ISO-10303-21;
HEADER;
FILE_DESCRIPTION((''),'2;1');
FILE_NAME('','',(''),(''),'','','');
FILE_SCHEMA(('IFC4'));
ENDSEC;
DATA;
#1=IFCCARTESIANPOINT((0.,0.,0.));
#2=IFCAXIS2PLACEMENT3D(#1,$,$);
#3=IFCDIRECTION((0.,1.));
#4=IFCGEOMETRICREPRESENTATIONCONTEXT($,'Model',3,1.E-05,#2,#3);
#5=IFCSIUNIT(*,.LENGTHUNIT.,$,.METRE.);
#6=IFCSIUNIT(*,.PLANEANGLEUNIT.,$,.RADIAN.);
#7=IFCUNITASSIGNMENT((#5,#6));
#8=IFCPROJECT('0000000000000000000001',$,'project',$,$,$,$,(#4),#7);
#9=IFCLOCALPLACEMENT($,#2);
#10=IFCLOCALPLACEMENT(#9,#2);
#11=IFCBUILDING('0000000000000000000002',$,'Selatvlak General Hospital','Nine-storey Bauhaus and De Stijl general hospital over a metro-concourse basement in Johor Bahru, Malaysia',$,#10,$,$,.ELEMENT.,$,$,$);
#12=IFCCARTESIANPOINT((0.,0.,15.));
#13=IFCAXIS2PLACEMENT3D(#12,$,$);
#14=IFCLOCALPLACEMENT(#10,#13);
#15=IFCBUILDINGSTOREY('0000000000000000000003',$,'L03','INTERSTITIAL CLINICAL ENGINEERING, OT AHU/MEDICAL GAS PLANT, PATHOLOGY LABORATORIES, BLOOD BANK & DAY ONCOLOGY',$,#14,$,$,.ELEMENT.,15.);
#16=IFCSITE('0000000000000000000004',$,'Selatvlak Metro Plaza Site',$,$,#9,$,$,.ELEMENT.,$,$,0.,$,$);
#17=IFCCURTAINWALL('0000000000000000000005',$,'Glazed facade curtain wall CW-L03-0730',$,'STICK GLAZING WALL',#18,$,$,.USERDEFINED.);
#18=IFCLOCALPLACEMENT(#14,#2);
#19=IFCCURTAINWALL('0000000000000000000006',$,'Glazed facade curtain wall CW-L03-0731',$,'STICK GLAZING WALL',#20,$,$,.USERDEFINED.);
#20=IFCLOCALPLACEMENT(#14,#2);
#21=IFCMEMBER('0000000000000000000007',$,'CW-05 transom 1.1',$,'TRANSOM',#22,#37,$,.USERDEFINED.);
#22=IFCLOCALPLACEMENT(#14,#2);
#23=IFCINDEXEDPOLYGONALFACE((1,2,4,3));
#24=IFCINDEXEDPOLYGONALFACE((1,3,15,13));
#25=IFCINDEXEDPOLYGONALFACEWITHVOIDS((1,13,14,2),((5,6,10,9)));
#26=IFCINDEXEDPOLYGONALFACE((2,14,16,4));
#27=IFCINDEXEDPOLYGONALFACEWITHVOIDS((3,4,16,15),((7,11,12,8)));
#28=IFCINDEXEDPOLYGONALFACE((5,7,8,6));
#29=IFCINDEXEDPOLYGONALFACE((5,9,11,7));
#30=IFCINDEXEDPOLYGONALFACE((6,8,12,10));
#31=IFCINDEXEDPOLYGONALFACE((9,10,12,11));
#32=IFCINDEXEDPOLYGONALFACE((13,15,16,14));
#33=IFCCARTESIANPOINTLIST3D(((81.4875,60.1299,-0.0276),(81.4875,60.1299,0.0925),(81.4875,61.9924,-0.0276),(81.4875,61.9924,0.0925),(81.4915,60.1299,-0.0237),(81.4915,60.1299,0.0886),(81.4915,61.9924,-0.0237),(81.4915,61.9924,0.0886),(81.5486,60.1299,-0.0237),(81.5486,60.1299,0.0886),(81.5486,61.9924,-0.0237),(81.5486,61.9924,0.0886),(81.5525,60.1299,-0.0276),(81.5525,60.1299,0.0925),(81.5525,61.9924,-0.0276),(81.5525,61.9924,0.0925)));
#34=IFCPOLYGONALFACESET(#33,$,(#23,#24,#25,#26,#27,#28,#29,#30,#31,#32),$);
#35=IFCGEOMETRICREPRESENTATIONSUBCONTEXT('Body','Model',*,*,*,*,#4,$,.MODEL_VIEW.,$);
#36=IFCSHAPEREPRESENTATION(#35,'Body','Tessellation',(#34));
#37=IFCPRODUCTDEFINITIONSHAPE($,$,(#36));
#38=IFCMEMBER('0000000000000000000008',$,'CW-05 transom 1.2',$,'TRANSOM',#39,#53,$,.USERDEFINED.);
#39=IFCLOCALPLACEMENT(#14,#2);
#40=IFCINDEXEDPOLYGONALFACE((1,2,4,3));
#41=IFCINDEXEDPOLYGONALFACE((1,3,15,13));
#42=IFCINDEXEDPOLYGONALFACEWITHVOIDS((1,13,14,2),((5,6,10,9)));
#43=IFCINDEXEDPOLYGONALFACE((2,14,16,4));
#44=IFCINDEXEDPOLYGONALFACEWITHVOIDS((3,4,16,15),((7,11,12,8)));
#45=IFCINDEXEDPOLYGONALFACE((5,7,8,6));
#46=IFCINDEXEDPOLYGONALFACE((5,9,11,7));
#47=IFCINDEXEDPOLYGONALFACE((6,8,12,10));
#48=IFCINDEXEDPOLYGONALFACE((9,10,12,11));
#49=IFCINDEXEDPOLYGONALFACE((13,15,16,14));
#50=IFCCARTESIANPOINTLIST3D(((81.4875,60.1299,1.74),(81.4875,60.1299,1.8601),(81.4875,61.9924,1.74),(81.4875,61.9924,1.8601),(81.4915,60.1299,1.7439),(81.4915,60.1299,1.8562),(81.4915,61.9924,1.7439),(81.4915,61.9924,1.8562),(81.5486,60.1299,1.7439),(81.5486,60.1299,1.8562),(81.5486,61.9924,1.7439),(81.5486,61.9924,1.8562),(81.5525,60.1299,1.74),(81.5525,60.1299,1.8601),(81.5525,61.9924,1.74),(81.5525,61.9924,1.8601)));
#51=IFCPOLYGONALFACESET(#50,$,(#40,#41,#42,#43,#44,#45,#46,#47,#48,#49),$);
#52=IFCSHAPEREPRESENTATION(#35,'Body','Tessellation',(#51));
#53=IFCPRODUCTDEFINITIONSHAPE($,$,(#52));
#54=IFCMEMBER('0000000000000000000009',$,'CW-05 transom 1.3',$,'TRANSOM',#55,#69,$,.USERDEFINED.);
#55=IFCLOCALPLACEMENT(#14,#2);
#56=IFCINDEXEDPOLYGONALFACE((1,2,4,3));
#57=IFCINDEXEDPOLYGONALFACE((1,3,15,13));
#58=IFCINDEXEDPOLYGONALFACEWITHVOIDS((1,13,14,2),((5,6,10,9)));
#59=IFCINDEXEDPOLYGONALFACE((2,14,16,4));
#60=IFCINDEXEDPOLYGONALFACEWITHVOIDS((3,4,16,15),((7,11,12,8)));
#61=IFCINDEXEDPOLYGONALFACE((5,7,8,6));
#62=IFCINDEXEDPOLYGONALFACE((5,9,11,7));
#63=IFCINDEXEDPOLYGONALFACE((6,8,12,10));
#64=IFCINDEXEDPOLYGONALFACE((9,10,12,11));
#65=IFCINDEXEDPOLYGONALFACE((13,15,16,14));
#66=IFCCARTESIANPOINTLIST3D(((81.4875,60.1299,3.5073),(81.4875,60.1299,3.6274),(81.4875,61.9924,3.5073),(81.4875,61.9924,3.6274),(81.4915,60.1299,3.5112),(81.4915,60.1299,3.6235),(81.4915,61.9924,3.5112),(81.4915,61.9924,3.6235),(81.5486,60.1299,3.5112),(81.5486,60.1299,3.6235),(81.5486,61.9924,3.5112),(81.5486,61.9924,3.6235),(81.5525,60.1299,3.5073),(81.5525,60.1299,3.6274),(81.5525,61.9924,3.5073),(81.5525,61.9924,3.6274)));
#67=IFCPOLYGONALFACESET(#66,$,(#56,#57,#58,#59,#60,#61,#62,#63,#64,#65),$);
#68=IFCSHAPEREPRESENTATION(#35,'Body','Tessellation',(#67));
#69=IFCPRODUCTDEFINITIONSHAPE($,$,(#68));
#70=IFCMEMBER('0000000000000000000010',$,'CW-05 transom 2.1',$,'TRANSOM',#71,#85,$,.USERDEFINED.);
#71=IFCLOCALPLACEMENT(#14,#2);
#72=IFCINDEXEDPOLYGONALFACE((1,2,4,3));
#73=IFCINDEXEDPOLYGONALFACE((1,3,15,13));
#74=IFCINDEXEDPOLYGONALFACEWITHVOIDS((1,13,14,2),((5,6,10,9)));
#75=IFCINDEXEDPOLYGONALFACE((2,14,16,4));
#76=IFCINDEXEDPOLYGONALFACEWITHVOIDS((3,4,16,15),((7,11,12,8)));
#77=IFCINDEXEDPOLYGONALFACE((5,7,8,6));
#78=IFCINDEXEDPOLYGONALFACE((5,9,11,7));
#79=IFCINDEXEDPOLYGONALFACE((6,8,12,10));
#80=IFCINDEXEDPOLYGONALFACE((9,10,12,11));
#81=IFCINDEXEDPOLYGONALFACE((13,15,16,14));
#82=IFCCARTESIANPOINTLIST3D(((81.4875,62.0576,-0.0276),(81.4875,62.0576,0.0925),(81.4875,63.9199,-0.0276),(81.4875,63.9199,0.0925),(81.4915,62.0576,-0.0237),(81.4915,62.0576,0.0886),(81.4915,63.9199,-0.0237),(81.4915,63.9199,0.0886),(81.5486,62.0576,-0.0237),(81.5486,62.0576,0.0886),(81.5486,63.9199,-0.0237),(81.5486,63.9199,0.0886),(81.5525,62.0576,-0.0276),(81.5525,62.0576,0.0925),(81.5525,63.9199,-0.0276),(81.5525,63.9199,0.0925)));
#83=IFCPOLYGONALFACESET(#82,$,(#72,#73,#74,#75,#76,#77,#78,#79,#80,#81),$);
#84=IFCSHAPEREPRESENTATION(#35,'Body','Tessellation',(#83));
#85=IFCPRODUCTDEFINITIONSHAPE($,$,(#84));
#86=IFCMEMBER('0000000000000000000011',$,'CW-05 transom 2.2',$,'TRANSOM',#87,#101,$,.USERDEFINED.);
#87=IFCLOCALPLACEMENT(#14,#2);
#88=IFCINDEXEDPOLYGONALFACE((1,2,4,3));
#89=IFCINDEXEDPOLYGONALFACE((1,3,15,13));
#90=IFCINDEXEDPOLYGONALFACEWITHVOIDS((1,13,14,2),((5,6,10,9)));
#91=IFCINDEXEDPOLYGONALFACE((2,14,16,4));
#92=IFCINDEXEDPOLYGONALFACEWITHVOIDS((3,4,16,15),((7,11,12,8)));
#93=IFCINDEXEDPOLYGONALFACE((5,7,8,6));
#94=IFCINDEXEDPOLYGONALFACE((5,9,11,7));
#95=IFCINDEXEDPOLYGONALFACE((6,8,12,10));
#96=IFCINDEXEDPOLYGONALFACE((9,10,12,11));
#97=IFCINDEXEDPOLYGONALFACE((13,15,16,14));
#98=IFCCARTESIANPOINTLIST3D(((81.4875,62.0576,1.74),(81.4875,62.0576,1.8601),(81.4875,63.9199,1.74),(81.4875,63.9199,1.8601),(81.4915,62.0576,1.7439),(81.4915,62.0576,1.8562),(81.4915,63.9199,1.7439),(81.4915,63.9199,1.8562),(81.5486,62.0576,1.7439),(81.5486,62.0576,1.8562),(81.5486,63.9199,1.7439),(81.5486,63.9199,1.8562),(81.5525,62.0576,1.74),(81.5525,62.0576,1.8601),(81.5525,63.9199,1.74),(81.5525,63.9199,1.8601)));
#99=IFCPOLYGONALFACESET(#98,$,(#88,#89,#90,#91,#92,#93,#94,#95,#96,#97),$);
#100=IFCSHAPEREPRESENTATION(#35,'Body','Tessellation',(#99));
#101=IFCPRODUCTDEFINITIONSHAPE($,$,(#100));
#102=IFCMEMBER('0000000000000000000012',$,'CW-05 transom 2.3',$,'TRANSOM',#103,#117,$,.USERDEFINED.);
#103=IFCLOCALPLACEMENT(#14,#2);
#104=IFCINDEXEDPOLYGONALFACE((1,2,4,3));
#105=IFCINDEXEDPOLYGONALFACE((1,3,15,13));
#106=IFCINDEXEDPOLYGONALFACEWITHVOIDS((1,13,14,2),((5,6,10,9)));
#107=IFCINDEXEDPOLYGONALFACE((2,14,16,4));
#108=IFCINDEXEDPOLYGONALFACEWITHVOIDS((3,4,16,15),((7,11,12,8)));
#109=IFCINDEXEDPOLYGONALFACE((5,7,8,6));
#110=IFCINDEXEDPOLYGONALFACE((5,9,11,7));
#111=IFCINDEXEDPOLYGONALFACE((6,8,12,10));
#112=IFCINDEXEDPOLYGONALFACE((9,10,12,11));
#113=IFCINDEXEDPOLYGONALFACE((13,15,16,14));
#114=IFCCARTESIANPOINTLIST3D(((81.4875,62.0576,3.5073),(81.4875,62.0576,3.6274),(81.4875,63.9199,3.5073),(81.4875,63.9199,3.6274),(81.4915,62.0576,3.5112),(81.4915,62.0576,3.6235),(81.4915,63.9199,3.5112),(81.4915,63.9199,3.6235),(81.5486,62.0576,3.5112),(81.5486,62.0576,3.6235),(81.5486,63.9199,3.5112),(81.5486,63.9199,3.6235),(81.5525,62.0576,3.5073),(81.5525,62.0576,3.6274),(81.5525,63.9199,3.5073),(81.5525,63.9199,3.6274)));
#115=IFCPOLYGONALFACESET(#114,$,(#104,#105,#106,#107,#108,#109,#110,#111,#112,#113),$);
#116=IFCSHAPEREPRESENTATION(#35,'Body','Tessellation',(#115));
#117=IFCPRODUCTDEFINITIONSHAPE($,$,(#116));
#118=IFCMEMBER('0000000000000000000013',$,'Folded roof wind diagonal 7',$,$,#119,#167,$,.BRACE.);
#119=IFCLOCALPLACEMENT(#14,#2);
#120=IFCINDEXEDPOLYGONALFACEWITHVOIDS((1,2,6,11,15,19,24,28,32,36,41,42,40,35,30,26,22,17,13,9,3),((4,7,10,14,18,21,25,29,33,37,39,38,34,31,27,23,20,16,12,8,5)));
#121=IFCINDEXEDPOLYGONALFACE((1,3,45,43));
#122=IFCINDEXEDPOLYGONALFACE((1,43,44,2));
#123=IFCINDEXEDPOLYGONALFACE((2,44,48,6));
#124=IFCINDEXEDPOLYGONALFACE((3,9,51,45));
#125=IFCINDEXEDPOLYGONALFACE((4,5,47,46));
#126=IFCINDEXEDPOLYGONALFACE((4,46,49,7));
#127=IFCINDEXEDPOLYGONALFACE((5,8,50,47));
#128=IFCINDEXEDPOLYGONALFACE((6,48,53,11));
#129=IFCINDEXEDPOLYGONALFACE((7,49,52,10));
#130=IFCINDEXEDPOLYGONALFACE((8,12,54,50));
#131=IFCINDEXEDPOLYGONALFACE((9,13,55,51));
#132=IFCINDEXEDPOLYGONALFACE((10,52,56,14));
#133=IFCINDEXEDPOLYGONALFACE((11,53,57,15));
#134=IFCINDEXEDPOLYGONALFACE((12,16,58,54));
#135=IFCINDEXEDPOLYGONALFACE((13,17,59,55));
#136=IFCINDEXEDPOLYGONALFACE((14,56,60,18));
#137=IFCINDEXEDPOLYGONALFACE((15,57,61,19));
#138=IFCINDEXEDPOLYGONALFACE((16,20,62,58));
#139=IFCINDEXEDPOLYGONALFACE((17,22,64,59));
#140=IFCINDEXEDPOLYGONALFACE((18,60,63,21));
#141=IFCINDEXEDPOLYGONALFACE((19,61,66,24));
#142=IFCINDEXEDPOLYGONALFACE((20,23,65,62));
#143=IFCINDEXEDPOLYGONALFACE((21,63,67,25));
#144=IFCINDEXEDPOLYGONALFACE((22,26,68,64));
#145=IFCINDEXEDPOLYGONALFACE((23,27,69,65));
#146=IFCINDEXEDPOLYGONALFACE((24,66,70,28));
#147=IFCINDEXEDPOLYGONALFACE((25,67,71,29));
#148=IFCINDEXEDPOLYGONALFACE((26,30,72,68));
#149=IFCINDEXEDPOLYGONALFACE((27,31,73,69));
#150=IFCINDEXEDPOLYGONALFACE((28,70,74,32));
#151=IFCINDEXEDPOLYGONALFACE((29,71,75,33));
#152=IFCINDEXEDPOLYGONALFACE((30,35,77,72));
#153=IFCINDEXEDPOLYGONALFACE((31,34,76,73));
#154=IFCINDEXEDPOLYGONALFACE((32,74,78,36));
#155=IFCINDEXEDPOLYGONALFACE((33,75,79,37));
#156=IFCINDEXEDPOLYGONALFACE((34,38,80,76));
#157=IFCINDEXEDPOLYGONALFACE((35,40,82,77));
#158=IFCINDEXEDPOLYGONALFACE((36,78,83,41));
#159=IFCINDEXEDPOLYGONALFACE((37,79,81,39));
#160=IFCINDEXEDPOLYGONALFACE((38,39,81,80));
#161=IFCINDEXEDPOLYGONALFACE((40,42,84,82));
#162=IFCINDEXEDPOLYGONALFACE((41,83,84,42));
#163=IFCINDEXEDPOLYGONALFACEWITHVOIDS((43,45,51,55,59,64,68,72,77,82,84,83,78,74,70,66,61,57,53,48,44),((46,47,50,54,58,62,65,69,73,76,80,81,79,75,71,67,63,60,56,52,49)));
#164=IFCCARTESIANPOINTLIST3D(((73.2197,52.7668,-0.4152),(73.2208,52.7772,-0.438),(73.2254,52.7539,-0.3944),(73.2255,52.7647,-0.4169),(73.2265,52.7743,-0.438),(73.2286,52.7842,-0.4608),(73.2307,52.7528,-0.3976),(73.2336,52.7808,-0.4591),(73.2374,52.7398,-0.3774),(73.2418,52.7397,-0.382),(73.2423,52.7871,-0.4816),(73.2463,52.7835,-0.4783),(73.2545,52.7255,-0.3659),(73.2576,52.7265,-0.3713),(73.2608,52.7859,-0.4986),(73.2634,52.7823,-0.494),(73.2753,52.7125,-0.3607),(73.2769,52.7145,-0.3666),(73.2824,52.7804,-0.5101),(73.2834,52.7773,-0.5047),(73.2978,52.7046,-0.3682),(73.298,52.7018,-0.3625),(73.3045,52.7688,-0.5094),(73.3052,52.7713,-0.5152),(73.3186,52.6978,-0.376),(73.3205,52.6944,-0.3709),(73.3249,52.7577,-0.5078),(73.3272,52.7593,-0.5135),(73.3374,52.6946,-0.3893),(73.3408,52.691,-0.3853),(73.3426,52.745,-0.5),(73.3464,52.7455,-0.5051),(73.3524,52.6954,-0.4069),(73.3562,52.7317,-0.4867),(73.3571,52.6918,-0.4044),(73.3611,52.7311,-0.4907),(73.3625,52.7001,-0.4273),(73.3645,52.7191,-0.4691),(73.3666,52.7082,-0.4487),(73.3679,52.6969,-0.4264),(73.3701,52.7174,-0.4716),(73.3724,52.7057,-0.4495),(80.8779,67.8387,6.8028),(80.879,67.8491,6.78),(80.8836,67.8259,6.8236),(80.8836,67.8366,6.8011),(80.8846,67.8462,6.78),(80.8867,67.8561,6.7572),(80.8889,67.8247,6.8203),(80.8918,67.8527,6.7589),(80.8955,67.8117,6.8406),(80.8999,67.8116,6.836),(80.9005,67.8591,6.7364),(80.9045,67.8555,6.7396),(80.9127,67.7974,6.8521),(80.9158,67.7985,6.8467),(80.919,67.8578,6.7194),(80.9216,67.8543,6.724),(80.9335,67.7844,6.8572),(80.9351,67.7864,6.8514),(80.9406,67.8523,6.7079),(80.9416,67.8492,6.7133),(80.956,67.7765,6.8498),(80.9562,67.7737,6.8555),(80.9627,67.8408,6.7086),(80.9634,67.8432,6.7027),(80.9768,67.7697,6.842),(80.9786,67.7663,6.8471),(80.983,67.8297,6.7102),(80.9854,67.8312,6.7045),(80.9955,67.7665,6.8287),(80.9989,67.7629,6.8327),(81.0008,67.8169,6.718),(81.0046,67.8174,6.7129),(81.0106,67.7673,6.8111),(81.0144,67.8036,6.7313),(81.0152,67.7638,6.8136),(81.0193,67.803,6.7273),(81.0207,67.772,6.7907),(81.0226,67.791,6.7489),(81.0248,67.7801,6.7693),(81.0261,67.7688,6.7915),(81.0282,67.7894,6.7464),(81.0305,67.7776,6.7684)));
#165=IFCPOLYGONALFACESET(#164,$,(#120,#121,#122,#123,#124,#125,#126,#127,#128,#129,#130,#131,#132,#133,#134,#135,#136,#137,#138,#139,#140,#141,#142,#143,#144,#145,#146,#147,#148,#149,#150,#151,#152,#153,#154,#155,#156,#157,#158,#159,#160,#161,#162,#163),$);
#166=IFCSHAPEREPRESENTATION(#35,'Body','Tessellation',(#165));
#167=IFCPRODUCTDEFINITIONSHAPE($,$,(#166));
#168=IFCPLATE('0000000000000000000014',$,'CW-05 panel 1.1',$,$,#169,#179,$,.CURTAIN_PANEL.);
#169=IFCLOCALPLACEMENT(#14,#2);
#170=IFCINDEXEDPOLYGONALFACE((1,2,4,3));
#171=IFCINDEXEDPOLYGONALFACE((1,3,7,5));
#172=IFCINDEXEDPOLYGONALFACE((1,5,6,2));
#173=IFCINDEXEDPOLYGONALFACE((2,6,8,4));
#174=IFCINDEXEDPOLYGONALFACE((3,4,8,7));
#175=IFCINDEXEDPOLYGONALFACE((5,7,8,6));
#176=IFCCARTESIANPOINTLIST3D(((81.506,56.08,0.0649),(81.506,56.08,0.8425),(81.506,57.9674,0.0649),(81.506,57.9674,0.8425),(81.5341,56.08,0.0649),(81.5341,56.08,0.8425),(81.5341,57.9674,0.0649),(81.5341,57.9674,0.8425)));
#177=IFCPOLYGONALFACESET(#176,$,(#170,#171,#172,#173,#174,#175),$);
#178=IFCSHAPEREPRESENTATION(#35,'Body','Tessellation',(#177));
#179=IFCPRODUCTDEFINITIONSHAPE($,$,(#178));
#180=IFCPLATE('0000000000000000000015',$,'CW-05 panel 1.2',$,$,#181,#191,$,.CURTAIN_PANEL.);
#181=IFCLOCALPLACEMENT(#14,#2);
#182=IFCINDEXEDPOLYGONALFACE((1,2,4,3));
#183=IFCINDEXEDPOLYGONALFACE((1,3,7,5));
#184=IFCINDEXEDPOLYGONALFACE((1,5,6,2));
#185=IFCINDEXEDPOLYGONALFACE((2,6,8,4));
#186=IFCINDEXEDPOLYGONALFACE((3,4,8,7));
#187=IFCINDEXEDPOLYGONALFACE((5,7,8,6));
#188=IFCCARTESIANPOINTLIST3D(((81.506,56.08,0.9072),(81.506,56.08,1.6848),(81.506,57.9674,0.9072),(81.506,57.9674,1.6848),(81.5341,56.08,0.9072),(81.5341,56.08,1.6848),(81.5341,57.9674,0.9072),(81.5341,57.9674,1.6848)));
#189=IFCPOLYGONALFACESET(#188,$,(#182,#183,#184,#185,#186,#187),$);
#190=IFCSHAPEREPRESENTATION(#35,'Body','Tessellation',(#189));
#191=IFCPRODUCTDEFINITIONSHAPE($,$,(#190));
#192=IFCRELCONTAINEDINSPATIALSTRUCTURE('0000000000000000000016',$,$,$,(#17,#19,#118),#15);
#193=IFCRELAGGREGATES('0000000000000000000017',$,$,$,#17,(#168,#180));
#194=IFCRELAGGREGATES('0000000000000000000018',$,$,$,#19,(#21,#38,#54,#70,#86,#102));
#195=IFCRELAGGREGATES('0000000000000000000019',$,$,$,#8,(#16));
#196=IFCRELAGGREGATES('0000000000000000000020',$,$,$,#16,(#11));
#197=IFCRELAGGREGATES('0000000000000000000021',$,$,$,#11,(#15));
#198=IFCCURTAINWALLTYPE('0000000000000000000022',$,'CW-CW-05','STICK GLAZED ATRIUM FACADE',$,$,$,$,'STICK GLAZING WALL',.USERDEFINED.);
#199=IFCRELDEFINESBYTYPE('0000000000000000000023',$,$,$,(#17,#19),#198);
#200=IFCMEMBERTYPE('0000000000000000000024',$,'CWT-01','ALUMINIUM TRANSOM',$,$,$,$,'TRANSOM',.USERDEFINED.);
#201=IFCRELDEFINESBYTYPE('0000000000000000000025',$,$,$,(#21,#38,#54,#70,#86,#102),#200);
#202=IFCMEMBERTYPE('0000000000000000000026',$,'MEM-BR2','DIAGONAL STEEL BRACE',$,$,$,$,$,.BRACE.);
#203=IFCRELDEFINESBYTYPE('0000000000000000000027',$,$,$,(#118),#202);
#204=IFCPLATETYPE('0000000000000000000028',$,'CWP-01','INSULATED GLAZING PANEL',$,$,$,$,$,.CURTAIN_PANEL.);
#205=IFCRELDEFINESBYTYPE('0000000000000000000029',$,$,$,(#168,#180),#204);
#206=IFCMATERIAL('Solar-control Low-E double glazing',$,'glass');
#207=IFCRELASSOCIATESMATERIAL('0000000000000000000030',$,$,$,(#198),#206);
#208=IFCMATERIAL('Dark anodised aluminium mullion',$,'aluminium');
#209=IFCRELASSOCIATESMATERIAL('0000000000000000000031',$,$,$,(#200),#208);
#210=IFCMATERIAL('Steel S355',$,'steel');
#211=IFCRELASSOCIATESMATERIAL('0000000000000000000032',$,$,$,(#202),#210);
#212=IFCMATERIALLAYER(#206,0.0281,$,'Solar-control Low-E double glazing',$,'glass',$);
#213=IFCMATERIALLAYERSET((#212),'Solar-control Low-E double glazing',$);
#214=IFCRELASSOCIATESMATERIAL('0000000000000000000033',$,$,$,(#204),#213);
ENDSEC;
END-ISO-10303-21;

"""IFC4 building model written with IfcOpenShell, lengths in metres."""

from ifc_helpers import new_model, si_unit, direction, frame, origin, origin_2d, place, context, subcontext, project, spatial, rectangle, hollow_rectangle, hollow_circle, extrude, material, layer, layer_set, material_profile, profile_set, type_object, element, aggregate, save


model = new_model("IFC4")

# Units and contexts
model_context = context("Model", 3, precision=1e-05, world=origin(), true_north=direction((0.0, 1.0)))
body_context = subcontext(model_context, "Body", "Model", "MODEL_VIEW")
ifc_project = project(units=[si_unit("LENGTHUNIT", "METRE"), si_unit("PLANEANGLEUNIT", "RADIAN")], contexts=[model_context])

# Site, building, storey
site_placement = place(None, origin())
site = spatial("IfcSite", under=ifc_project, at=site_placement, Name="Selatvlak Metro Plaza Site", CompositionType="ELEMENT", RefElevation=0.0)
building_placement = place(site_placement, origin())
building = spatial("IfcBuilding", under=site, at=building_placement, Name="Selatvlak General Hospital", Description="Nine-storey Bauhaus and De Stijl general hospital over a metro-concourse basement in Johor Bahru, Malaysia", CompositionType="ELEMENT")
storey_placement = place(building_placement, frame((0.0, 0.0, 15.0)))
storey = spatial("IfcBuildingStorey", under=building, at=storey_placement, Name="L03", Description="INTERSTITIAL CLINICAL ENGINEERING, OT AHU/MEDICAL GAS PLANT, PATHOLOGY LABORATORIES, BLOOD BANK & DAY ONCOLOGY", CompositionType="ELEMENT", Elevation=15.0)

# Curtain walls
ifc_material_1 = material(Name="Solar-control Low-E double glazing", Category="glass")
curtain_wall_type = type_object("IfcCurtainWallType", Name="CW-CW-05", Description="STICK GLAZED ATRIUM FACADE", ElementType="STICK GLAZING WALL", PredefinedType="USERDEFINED", material=ifc_material_1)
curtain_wall_1_placement = place(storey_placement, origin())
curtain_wall_1 = element("IfcCurtainWall", 1, at=curtain_wall_1_placement, inside=storey, type_object=curtain_wall_type, Name="Glazed facade curtain wall CW-L03-0730", ObjectType="STICK GLAZING WALL", PredefinedType="USERDEFINED")
ifc_material_2 = material(Name="Dark anodised aluminium mullion", Category="aluminium")
curtain_wall_2_placement = place(storey_placement, origin())
curtain_wall_2 = element("IfcCurtainWall", 2, at=curtain_wall_2_placement, inside=storey, type_object=curtain_wall_type, Name="Glazed facade curtain wall CW-L03-0731", ObjectType="STICK GLAZING WALL", PredefinedType="USERDEFINED")

# Members
ifc_material_profile_1 = material_profile(ifc_material_2, hollow_rectangle(XDim=0.0649, YDim=0.1201, WallThickness=0.0039, at=origin_2d()), Name="AL-TRN 65x120x4")
ifc_profile_set_1 = profile_set([ifc_material_profile_1], Name="Dark anodised aluminium mullion")
member_type_1 = type_object("IfcMemberType", Name="CWT-01", Description="ALUMINIUM TRANSOM", ElementType="TRANSOM", PredefinedType="USERDEFINED", material=ifc_profile_set_1)
member_1_placement = place(storey_placement, frame((81.52, 60.1299, 0.0325), z_axis=(0.0, 1.0, 0.0), x_axis=(-1.0, 0.0, 0.0)))
member_1 = element("IfcMember", 3, at=member_1_placement, type_object=member_type_1, Name="CW-05 transom 1.1", ObjectType="TRANSOM", PredefinedType="USERDEFINED", context=body_context, shape_type="SweptSolid", body=[
    extrude(hollow_rectangle(XDim=0.0649, YDim=0.1201, WallThickness=0.0039, at=origin_2d()), origin(), (0.0, 0.0, 1.0), 1.8625),
])
member_2_placement = place(storey_placement, frame((81.52, 60.1299, 1.8), z_axis=(0.0, 1.0, 0.0), x_axis=(-1.0, 0.0, 0.0)))
member_2 = element("IfcMember", 4, at=member_2_placement, type_object=member_type_1, Name="CW-05 transom 1.2", ObjectType="TRANSOM", PredefinedType="USERDEFINED", context=body_context, shape_type="SweptSolid", body=[
    extrude(hollow_rectangle(XDim=0.0649, YDim=0.1201, WallThickness=0.0039, at=origin_2d()), origin(), (0.0, 0.0, 1.0), 1.8625),
])
member_3_placement = place(storey_placement, frame((81.52, 60.1299, 3.5674), z_axis=(0.0, 1.0, 0.0), x_axis=(-1.0, 0.0, 0.0)))
member_3 = element("IfcMember", 5, at=member_3_placement, type_object=member_type_1, Name="CW-05 transom 1.3", ObjectType="TRANSOM", PredefinedType="USERDEFINED", context=body_context, shape_type="SweptSolid", body=[
    extrude(hollow_rectangle(XDim=0.0649, YDim=0.1201, WallThickness=0.0039, at=origin_2d()), origin(), (0.0, 0.0, 1.0), 1.8625),
])
member_4_placement = place(storey_placement, frame((81.52, 62.0576, 0.0325), z_axis=(0.0, 1.0, 0.0), x_axis=(-1.0, 0.0, 0.0)))
member_4 = element("IfcMember", 6, at=member_4_placement, type_object=member_type_1, Name="CW-05 transom 2.1", ObjectType="TRANSOM", PredefinedType="USERDEFINED", context=body_context, shape_type="SweptSolid", body=[
    extrude(hollow_rectangle(XDim=0.0649, YDim=0.1201, WallThickness=0.0039, at=origin_2d()), origin(), (0.0, 0.0, 1.0), 1.8623),
])
member_5_placement = place(storey_placement, frame((81.52, 62.0576, 1.8), z_axis=(0.0, 1.0, 0.0), x_axis=(-1.0, 0.0, 0.0)))
member_5 = element("IfcMember", 7, at=member_5_placement, type_object=member_type_1, Name="CW-05 transom 2.2", ObjectType="TRANSOM", PredefinedType="USERDEFINED", context=body_context, shape_type="SweptSolid", body=[
    extrude(hollow_rectangle(XDim=0.0649, YDim=0.1201, WallThickness=0.0039, at=origin_2d()), origin(), (0.0, 0.0, 1.0), 1.8623),
])
member_6_placement = place(storey_placement, frame((81.52, 62.0576, 3.5674), z_axis=(0.0, 1.0, 0.0), x_axis=(-1.0, 0.0, 0.0)))
member_6 = element("IfcMember", 8, at=member_6_placement, type_object=member_type_1, Name="CW-05 transom 2.3", ObjectType="TRANSOM", PredefinedType="USERDEFINED", context=body_context, shape_type="SweptSolid", body=[
    extrude(hollow_rectangle(XDim=0.0649, YDim=0.1201, WallThickness=0.0039, at=origin_2d()), origin(), (0.0, 0.0, 1.0), 1.8623),
])
ifc_material_3 = material(Name="Steel S355", Category="steel")
ifc_material_profile_2 = material_profile(ifc_material_3, hollow_circle(Radius=0.0842, WallThickness=0.0063, at=origin_2d()), Name="CHS 168.3x6.3")
ifc_profile_set_2 = profile_set([ifc_material_profile_2], Name="Steel S355")
member_type_2 = type_object("IfcMemberType", Name="MEM-BR2", Description="DIAGONAL STEEL BRACE", PredefinedType="BRACE", material=ifc_profile_set_2)
member_7_placement = place(storey_placement, frame((73.2959, 52.739, -0.438), z_axis=(0.416605, 0.819915, 0.392659), x_axis=(-0.891517, 0.452986, 0.0)))
element("IfcMember", 9, at=member_7_placement, inside=storey, type_object=member_type_2, Name="Folded roof wind diagonal 7", PredefinedType="BRACE", context=body_context, shape_type="SweptSolid", body=[
    extrude(hollow_circle(Radius=0.0842, WallThickness=0.0063, at=origin_2d()), origin(), (0.0, 0.0, 1.0), 18.3823),
])

# Plates
ifc_layer_1 = layer(ifc_material_1, 0.0281, Name="Solar-control Low-E double glazing", Category="glass")
ifc_layer_set_1 = layer_set([ifc_layer_1], Name="Solar-control Low-E double glazing")
plate_type_1 = type_object("IfcPlateType", Name="CWP-01", Description="INSULATED GLAZING PANEL", PredefinedType="CURTAIN_PANEL", material=ifc_layer_set_1)
plate_1_placement = place(storey_placement, frame((81.52, 57.0237, 0.0649), z_axis=(0.0, 0.0, 1.0), x_axis=(0.0, 1.0, 0.0)))
plate_1 = element("IfcPlate", 10, at=plate_1_placement, type_object=plate_type_1, Name="CW-05 panel 1.1", PredefinedType="CURTAIN_PANEL", context=body_context, shape_type="SweptSolid", body=[
    extrude(rectangle(XDim=1.8875, YDim=0.0281, at=origin_2d()), origin(), (0.0, 0.0, 1.0), 0.7776),
])
plate_2_placement = place(storey_placement, frame((81.52, 57.0237, 0.9072), z_axis=(0.0, 0.0, 1.0), x_axis=(0.0, 1.0, 0.0)))
plate_2 = element("IfcPlate", 11, at=plate_2_placement, type_object=plate_type_1, Name="CW-05 panel 1.2", PredefinedType="CURTAIN_PANEL", context=body_context, shape_type="SweptSolid", body=[
    extrude(rectangle(XDim=1.8875, YDim=0.0281, at=origin_2d()), origin(), (0.0, 0.0, 1.0), 0.7776),
])
aggregate(curtain_wall_1, [plate_1, plate_2])
aggregate(curtain_wall_2, [member_1, member_2, member_3, member_4, member_5, member_6])

save(model, "model.ifc")
